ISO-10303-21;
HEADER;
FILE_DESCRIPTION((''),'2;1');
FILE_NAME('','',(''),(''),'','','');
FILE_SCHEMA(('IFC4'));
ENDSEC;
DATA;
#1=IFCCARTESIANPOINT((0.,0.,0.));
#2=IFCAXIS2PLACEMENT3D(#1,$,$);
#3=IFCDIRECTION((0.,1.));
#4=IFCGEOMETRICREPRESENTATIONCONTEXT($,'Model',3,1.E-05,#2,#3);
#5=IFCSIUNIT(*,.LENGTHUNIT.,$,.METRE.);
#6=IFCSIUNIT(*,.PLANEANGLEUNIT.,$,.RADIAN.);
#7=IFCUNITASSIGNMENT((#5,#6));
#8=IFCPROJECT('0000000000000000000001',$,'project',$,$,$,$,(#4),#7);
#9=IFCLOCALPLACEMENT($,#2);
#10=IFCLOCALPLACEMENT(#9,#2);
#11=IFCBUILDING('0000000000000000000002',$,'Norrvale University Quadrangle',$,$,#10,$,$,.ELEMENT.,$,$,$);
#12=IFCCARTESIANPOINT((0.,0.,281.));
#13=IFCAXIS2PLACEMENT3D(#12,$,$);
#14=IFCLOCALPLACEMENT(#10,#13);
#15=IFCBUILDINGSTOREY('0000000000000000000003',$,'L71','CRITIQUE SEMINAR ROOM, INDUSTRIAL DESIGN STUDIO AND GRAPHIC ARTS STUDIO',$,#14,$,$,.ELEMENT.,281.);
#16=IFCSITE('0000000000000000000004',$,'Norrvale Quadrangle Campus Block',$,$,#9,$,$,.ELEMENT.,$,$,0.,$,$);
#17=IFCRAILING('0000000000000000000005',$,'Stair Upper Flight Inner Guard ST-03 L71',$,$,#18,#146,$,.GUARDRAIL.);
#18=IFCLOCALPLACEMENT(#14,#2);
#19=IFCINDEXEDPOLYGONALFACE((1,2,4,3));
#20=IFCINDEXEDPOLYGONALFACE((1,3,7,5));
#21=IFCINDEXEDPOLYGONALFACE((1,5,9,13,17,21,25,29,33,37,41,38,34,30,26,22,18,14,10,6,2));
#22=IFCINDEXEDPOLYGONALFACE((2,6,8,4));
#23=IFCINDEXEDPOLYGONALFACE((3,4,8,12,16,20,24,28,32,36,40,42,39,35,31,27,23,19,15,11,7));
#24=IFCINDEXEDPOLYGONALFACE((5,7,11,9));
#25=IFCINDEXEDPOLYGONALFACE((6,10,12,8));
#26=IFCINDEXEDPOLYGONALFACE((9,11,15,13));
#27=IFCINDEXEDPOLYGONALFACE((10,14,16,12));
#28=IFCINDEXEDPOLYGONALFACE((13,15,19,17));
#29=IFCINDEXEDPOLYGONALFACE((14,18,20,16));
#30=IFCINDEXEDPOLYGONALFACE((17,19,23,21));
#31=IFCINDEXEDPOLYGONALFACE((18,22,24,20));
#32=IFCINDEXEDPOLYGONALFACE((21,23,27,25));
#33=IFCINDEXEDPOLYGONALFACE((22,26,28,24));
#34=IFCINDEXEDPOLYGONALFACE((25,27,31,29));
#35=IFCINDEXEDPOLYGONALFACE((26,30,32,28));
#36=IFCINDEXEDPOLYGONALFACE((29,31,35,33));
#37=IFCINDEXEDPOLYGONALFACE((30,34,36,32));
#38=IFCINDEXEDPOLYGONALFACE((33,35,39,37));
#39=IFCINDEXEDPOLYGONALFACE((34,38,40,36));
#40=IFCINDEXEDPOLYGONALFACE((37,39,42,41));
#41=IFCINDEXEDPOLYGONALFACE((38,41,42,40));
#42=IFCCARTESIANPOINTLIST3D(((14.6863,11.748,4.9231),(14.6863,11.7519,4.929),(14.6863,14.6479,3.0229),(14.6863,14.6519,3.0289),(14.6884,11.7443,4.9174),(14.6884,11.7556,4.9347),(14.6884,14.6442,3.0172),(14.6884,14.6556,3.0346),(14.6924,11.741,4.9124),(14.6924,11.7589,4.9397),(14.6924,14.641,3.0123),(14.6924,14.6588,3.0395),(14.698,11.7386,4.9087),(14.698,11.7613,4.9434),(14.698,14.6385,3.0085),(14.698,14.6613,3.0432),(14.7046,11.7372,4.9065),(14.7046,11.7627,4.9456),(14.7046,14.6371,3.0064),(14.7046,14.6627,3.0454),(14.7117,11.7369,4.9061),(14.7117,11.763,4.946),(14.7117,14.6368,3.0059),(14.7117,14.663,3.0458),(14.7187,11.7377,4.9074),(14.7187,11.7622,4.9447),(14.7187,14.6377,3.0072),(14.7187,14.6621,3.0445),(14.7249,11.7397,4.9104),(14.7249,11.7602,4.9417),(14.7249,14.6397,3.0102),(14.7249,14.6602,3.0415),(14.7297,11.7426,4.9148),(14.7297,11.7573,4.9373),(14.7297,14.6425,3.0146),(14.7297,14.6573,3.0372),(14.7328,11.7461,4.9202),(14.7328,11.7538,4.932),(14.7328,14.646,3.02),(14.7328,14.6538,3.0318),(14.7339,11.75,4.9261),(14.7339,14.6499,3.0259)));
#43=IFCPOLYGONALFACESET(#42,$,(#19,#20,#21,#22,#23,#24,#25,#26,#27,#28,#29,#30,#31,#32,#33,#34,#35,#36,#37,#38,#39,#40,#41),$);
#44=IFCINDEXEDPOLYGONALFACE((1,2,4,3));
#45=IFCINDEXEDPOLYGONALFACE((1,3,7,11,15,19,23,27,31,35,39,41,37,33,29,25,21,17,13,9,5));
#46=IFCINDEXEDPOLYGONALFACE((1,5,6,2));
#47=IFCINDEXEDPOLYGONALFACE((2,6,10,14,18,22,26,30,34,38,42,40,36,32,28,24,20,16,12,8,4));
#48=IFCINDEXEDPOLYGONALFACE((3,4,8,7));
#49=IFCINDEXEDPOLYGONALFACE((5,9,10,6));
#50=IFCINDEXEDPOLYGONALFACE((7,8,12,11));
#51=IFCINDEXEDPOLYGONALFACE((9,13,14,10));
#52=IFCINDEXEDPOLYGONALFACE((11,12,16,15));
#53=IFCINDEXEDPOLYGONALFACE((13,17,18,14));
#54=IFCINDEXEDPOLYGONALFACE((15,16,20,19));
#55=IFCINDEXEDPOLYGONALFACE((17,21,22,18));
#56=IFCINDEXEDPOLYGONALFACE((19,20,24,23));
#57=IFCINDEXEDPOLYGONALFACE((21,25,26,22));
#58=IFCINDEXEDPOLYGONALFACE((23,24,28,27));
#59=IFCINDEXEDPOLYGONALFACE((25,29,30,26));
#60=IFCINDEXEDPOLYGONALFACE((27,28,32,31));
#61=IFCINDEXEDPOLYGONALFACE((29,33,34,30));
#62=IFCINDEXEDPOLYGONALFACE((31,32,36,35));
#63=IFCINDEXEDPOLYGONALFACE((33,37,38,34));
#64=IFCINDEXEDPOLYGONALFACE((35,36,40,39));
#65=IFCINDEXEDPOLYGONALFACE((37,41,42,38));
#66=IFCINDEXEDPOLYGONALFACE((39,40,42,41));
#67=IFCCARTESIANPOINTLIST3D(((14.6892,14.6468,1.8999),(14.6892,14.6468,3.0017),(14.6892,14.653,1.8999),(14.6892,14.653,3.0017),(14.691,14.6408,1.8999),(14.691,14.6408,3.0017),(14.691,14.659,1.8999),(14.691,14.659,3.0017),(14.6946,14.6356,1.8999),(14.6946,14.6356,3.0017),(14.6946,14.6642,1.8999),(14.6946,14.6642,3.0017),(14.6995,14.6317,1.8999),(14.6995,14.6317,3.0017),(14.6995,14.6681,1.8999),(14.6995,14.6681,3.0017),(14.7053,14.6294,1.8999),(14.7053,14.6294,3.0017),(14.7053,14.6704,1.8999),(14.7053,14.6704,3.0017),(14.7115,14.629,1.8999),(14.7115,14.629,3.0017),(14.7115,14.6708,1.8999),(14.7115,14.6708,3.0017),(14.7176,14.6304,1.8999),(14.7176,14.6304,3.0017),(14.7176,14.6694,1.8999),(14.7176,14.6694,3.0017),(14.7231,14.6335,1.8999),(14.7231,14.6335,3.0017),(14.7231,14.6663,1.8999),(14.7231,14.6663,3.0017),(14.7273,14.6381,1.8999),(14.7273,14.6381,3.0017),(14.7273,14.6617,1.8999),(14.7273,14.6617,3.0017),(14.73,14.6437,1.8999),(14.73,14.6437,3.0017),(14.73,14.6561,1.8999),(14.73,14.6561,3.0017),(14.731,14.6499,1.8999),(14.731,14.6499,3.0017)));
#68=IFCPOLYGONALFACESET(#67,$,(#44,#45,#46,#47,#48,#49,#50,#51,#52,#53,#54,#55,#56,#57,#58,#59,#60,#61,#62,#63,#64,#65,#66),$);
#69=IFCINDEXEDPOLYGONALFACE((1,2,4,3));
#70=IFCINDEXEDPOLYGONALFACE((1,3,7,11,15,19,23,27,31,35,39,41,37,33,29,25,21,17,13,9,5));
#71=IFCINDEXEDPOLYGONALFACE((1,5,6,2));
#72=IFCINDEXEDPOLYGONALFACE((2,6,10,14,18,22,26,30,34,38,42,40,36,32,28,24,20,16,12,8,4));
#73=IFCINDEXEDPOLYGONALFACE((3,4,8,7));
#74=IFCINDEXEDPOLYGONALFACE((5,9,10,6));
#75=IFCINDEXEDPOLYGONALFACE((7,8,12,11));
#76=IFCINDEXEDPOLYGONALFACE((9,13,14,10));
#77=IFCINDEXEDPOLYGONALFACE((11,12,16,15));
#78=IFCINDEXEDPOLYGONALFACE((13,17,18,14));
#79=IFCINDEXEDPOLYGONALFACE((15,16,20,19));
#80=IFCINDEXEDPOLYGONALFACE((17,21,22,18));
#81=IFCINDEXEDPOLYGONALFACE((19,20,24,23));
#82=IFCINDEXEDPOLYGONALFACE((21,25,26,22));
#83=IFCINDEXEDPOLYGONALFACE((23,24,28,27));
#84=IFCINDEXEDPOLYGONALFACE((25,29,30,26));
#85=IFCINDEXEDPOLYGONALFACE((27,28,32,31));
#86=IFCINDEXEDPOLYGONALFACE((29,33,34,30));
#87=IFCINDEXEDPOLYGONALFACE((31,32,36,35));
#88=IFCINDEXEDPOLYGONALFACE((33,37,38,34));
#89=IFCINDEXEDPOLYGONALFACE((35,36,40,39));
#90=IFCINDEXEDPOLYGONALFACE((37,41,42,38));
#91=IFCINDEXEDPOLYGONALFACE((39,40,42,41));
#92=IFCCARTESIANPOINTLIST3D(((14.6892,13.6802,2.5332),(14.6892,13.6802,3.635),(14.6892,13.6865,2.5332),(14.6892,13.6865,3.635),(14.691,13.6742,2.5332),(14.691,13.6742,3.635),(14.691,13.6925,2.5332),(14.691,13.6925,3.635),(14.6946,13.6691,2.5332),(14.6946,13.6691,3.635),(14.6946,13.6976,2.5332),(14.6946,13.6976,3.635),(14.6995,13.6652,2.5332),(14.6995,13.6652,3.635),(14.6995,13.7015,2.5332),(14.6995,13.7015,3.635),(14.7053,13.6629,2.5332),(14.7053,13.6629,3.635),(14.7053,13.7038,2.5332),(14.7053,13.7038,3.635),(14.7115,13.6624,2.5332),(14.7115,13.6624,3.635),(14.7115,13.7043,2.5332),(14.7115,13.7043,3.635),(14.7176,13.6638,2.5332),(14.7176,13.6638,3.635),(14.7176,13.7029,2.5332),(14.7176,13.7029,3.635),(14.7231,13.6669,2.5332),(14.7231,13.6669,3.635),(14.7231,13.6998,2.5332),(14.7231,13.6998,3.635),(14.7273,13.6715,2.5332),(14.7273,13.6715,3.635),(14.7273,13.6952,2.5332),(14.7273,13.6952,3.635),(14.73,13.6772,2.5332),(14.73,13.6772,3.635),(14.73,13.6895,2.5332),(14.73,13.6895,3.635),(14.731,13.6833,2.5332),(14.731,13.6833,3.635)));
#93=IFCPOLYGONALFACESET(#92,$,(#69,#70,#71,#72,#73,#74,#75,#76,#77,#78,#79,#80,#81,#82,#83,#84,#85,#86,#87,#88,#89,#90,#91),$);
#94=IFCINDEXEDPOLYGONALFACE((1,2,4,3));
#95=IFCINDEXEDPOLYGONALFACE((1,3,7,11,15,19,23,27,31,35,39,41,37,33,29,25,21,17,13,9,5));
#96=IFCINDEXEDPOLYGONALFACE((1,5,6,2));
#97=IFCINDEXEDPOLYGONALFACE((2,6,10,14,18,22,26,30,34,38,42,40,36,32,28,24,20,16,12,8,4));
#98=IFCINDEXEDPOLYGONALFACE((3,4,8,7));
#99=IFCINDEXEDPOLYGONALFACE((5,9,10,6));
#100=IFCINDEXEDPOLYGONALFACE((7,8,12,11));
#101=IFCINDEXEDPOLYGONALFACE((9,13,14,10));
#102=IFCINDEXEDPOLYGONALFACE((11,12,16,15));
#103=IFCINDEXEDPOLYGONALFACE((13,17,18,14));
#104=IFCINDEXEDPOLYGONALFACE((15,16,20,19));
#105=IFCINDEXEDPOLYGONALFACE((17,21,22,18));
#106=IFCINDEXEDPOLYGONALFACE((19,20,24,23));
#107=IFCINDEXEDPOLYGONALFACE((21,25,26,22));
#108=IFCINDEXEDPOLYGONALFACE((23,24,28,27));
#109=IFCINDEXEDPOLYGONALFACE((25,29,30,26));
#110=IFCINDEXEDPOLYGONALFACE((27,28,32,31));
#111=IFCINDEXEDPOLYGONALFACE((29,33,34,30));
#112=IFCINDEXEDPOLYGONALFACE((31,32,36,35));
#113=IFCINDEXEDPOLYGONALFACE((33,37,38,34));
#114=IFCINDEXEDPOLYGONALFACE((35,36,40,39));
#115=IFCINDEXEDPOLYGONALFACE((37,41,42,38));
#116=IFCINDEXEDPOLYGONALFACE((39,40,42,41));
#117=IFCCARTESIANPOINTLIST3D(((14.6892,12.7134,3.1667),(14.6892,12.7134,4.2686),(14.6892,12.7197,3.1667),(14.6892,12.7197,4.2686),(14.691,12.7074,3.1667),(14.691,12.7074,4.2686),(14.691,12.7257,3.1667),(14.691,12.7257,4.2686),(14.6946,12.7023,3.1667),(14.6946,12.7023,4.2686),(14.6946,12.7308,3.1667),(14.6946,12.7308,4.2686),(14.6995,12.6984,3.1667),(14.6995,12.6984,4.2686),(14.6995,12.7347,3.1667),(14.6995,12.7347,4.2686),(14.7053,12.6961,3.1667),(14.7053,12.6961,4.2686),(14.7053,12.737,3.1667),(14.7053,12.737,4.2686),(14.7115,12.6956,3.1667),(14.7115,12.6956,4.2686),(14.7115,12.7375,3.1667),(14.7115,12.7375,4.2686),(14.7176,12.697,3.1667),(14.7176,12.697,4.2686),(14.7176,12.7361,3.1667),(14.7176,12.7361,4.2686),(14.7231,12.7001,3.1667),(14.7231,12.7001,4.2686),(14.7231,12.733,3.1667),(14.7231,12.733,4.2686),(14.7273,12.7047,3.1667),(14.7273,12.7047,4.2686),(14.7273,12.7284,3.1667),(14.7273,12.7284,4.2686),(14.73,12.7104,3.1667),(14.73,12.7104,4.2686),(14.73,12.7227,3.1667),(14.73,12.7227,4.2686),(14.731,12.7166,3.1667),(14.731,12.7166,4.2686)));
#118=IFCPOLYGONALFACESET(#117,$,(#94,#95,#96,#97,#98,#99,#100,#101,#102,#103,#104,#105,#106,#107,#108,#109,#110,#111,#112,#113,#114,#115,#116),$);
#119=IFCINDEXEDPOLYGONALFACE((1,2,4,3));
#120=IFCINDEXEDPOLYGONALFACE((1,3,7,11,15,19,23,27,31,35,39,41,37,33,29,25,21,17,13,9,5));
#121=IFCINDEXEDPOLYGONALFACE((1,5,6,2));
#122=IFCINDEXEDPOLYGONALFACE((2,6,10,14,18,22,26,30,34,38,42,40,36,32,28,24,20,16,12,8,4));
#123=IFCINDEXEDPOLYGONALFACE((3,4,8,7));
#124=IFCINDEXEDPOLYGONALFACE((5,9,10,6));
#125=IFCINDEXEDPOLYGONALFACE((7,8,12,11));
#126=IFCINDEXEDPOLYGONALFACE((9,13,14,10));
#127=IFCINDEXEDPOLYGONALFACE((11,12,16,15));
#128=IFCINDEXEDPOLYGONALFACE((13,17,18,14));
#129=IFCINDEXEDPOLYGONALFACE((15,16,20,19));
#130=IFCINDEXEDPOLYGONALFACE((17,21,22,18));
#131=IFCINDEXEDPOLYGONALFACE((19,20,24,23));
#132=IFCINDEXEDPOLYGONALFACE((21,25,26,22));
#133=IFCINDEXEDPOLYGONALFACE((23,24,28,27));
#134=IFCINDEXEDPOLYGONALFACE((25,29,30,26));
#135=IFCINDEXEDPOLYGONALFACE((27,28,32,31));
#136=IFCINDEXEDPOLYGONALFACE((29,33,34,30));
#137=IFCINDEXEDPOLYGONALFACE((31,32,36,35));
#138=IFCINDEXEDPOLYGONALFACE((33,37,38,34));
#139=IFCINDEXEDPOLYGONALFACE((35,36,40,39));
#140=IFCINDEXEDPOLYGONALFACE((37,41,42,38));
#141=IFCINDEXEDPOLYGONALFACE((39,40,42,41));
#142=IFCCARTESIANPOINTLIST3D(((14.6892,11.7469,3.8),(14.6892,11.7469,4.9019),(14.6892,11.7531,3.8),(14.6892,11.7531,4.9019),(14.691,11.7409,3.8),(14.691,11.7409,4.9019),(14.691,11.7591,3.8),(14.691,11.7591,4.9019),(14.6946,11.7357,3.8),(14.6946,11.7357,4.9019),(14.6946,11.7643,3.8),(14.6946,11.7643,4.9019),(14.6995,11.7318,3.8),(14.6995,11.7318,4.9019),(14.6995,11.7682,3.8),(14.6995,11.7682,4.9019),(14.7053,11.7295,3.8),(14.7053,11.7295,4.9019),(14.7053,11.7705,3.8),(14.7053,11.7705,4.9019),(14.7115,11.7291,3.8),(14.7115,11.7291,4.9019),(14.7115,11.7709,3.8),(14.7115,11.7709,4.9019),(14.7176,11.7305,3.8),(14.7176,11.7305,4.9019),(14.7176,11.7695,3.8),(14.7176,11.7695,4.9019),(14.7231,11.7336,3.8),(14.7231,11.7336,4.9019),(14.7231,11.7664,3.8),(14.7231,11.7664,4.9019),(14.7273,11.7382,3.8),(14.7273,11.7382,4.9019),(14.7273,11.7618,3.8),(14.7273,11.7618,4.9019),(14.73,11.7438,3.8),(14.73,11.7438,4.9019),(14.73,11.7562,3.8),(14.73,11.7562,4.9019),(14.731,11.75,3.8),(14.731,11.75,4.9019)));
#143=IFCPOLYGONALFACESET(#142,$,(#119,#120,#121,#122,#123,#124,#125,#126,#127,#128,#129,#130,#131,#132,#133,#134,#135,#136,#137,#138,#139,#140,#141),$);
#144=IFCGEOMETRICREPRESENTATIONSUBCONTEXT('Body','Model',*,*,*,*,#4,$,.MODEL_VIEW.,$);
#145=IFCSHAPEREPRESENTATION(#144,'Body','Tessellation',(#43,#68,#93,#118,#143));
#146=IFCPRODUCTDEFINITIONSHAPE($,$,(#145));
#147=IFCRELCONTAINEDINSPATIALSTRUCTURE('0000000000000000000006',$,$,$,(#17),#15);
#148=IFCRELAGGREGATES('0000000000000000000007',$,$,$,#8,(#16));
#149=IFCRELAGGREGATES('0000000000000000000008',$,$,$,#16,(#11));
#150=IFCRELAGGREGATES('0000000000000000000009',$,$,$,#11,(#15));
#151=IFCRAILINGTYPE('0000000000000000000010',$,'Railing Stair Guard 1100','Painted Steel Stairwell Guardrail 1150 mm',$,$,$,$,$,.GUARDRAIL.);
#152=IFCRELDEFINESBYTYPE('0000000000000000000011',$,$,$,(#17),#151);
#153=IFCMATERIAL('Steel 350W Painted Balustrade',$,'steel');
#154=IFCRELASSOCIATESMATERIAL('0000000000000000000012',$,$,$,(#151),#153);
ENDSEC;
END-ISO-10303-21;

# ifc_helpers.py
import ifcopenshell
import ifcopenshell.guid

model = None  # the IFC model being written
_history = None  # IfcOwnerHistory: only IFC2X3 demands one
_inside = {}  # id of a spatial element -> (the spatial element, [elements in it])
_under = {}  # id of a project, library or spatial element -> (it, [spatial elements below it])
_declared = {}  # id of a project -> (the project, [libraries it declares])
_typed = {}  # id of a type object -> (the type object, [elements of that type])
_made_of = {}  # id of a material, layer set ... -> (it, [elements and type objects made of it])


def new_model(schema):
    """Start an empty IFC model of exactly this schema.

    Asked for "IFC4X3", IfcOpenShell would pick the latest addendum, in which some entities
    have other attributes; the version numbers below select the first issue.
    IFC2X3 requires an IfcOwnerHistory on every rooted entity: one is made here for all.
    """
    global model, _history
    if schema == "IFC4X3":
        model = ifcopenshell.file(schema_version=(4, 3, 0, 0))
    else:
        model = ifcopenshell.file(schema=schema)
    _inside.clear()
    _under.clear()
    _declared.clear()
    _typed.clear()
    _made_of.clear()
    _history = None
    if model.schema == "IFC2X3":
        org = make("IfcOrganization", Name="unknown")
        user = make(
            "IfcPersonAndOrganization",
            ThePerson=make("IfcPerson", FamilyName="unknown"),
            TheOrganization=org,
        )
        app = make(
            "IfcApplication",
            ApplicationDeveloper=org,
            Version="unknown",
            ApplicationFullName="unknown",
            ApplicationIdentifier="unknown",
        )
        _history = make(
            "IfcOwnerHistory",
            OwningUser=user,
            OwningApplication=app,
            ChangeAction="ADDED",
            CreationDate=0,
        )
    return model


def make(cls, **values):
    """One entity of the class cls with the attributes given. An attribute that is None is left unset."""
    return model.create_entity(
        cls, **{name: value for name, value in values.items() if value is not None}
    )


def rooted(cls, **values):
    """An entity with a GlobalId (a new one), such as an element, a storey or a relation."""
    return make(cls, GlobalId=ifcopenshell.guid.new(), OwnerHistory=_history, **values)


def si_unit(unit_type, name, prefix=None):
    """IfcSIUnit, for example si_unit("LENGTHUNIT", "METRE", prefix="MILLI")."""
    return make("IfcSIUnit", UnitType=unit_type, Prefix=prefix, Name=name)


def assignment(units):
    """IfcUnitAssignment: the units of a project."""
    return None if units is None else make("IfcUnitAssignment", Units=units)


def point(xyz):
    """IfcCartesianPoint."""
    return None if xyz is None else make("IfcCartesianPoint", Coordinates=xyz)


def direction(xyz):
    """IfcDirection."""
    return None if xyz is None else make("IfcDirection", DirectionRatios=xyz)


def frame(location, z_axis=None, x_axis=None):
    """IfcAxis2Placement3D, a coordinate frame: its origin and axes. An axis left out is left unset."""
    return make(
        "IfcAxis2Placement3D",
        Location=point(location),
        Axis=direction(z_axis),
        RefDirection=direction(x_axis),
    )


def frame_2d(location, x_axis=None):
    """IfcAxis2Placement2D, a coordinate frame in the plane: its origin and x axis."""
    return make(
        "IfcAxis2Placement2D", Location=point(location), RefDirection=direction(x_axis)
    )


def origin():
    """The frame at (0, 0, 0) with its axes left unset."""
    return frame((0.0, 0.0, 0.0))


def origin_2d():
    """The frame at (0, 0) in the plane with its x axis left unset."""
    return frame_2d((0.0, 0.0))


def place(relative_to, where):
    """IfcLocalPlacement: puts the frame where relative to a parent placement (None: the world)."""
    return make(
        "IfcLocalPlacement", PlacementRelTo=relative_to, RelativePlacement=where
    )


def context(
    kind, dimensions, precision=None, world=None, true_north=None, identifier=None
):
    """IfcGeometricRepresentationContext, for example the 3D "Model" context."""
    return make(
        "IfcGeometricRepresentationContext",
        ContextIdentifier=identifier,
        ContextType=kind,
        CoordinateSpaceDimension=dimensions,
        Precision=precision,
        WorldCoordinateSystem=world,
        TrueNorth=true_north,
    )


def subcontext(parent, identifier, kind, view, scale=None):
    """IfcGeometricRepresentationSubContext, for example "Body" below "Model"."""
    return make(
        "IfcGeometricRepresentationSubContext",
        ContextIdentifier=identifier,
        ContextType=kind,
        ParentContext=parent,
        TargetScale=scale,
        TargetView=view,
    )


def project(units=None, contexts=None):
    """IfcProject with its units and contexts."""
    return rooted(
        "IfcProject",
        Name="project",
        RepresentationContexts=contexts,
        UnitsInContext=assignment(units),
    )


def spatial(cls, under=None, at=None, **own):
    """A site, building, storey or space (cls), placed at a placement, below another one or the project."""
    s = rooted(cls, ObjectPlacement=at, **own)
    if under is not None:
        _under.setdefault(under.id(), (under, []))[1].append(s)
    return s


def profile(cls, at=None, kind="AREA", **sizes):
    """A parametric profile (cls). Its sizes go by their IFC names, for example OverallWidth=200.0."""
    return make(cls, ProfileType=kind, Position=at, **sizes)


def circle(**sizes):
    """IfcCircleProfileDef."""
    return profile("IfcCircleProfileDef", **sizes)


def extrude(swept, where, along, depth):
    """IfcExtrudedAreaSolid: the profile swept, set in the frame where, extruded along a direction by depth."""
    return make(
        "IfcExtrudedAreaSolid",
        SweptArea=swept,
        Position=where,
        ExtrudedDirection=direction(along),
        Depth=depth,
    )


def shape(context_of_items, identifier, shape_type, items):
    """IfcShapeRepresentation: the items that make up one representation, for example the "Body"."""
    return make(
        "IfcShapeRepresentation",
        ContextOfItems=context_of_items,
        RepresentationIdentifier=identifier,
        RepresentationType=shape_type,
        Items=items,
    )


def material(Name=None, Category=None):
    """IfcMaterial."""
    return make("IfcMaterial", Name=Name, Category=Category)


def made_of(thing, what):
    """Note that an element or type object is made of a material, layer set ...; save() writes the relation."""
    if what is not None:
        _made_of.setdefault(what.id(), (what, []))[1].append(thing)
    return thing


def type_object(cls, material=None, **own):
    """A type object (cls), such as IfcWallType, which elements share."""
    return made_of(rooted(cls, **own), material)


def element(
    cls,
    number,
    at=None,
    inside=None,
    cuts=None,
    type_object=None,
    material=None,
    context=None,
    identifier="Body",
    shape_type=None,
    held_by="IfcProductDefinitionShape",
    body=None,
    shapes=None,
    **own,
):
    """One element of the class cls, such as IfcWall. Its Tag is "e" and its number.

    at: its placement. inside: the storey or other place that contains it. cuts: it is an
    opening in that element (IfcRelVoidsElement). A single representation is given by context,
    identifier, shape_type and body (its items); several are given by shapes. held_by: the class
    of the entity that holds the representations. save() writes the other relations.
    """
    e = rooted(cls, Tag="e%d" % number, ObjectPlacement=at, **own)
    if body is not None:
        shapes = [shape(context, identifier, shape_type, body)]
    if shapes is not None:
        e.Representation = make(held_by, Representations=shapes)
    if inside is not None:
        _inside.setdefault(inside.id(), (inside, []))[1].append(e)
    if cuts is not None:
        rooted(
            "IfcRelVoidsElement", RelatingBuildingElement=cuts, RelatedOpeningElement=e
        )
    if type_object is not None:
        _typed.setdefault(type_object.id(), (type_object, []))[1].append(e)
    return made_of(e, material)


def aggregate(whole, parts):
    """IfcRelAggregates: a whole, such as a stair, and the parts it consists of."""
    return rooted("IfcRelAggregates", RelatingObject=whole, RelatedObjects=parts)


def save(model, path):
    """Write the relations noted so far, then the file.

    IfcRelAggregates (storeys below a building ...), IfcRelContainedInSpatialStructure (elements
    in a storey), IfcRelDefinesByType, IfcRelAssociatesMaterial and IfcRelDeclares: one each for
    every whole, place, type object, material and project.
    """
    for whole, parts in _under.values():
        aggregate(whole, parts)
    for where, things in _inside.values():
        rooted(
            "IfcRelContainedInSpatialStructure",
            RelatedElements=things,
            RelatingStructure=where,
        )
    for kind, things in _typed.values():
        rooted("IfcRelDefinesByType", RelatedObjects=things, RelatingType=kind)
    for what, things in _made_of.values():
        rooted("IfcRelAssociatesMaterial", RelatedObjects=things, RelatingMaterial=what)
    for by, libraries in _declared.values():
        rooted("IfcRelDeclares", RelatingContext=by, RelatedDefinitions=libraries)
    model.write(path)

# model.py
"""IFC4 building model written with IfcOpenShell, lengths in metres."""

from ifc_helpers import new_model, si_unit, direction, frame, origin, origin_2d, place, context, subcontext, project, spatial, circle, extrude, material, type_object, element, save


model = new_model("IFC4")

# Units and contexts
model_context = context("Model", 3, precision=1e-05, world=origin(), true_north=direction((0.0, 1.0)))
body_context = subcontext(model_context, "Body", "Model", "MODEL_VIEW")
ifc_project = project(units=[si_unit("LENGTHUNIT", "METRE"), si_unit("PLANEANGLEUNIT", "RADIAN")], contexts=[model_context])

# Site, building, storey
site_placement = place(None, origin())
site = spatial("IfcSite", under=ifc_project, at=site_placement, Name="Norrvale Quadrangle Campus Block", CompositionType="ELEMENT", RefElevation=0.0)
building_placement = place(site_placement, origin())
building = spatial("IfcBuilding", under=site, at=building_placement, Name="Norrvale University Quadrangle", CompositionType="ELEMENT")
storey_placement = place(building_placement, frame((0.0, 0.0, 281.0)))
storey = spatial("IfcBuildingStorey", under=building, at=storey_placement, Name="L71", Description="CRITIQUE SEMINAR ROOM, INDUSTRIAL DESIGN STUDIO AND GRAPHIC ARTS STUDIO", CompositionType="ELEMENT", Elevation=281.0)

# Railing
ifc_material_1 = material(Name="Steel 350W Painted Balustrade", Category="steel")
railing_type_1 = type_object("IfcRailingType", Name="Railing Stair Guard 1100", Description="Painted Steel Stairwell Guardrail 1150 mm", PredefinedType="GUARDRAIL", material=ifc_material_1)
railing_1_placement = place(storey_placement, frame((14.71, 14.6499, 1.8999)))
element("IfcRailing", 1, at=railing_1_placement, inside=storey, type_object=railing_type_1, Name="Stair Upper Flight Inner Guard ST-03 L71", PredefinedType="GUARDRAIL", context=body_context, shape_type="SweptSolid", body=[
    extrude(circle(Radius=0.0239, at=origin_2d()), frame((0.0, 0.0, 1.126), z_axis=(0.0, -0.836433, 0.548069), x_axis=(1.0, 0.0, 0.0)), (0.0, 0.0, 1.0), 3.467),
    extrude(circle(Radius=0.021, at=origin_2d()), origin(), (0.0, 0.0, 1.0), 1.1018),
    extrude(circle(Radius=0.021, at=origin_2d()), frame((0.0, -0.9666, 0.6333)), (0.0, 0.0, 1.0), 1.1018),
    extrude(circle(Radius=0.021, at=origin_2d()), frame((0.0, -1.9333, 1.2668)), (0.0, 0.0, 1.0), 1.1018),
    extrude(circle(Radius=0.021, at=origin_2d()), frame((0.0, -2.8999, 1.9001)), (0.0, 0.0, 1.0), 1.1018),
])

save(model, "model.ifc")
